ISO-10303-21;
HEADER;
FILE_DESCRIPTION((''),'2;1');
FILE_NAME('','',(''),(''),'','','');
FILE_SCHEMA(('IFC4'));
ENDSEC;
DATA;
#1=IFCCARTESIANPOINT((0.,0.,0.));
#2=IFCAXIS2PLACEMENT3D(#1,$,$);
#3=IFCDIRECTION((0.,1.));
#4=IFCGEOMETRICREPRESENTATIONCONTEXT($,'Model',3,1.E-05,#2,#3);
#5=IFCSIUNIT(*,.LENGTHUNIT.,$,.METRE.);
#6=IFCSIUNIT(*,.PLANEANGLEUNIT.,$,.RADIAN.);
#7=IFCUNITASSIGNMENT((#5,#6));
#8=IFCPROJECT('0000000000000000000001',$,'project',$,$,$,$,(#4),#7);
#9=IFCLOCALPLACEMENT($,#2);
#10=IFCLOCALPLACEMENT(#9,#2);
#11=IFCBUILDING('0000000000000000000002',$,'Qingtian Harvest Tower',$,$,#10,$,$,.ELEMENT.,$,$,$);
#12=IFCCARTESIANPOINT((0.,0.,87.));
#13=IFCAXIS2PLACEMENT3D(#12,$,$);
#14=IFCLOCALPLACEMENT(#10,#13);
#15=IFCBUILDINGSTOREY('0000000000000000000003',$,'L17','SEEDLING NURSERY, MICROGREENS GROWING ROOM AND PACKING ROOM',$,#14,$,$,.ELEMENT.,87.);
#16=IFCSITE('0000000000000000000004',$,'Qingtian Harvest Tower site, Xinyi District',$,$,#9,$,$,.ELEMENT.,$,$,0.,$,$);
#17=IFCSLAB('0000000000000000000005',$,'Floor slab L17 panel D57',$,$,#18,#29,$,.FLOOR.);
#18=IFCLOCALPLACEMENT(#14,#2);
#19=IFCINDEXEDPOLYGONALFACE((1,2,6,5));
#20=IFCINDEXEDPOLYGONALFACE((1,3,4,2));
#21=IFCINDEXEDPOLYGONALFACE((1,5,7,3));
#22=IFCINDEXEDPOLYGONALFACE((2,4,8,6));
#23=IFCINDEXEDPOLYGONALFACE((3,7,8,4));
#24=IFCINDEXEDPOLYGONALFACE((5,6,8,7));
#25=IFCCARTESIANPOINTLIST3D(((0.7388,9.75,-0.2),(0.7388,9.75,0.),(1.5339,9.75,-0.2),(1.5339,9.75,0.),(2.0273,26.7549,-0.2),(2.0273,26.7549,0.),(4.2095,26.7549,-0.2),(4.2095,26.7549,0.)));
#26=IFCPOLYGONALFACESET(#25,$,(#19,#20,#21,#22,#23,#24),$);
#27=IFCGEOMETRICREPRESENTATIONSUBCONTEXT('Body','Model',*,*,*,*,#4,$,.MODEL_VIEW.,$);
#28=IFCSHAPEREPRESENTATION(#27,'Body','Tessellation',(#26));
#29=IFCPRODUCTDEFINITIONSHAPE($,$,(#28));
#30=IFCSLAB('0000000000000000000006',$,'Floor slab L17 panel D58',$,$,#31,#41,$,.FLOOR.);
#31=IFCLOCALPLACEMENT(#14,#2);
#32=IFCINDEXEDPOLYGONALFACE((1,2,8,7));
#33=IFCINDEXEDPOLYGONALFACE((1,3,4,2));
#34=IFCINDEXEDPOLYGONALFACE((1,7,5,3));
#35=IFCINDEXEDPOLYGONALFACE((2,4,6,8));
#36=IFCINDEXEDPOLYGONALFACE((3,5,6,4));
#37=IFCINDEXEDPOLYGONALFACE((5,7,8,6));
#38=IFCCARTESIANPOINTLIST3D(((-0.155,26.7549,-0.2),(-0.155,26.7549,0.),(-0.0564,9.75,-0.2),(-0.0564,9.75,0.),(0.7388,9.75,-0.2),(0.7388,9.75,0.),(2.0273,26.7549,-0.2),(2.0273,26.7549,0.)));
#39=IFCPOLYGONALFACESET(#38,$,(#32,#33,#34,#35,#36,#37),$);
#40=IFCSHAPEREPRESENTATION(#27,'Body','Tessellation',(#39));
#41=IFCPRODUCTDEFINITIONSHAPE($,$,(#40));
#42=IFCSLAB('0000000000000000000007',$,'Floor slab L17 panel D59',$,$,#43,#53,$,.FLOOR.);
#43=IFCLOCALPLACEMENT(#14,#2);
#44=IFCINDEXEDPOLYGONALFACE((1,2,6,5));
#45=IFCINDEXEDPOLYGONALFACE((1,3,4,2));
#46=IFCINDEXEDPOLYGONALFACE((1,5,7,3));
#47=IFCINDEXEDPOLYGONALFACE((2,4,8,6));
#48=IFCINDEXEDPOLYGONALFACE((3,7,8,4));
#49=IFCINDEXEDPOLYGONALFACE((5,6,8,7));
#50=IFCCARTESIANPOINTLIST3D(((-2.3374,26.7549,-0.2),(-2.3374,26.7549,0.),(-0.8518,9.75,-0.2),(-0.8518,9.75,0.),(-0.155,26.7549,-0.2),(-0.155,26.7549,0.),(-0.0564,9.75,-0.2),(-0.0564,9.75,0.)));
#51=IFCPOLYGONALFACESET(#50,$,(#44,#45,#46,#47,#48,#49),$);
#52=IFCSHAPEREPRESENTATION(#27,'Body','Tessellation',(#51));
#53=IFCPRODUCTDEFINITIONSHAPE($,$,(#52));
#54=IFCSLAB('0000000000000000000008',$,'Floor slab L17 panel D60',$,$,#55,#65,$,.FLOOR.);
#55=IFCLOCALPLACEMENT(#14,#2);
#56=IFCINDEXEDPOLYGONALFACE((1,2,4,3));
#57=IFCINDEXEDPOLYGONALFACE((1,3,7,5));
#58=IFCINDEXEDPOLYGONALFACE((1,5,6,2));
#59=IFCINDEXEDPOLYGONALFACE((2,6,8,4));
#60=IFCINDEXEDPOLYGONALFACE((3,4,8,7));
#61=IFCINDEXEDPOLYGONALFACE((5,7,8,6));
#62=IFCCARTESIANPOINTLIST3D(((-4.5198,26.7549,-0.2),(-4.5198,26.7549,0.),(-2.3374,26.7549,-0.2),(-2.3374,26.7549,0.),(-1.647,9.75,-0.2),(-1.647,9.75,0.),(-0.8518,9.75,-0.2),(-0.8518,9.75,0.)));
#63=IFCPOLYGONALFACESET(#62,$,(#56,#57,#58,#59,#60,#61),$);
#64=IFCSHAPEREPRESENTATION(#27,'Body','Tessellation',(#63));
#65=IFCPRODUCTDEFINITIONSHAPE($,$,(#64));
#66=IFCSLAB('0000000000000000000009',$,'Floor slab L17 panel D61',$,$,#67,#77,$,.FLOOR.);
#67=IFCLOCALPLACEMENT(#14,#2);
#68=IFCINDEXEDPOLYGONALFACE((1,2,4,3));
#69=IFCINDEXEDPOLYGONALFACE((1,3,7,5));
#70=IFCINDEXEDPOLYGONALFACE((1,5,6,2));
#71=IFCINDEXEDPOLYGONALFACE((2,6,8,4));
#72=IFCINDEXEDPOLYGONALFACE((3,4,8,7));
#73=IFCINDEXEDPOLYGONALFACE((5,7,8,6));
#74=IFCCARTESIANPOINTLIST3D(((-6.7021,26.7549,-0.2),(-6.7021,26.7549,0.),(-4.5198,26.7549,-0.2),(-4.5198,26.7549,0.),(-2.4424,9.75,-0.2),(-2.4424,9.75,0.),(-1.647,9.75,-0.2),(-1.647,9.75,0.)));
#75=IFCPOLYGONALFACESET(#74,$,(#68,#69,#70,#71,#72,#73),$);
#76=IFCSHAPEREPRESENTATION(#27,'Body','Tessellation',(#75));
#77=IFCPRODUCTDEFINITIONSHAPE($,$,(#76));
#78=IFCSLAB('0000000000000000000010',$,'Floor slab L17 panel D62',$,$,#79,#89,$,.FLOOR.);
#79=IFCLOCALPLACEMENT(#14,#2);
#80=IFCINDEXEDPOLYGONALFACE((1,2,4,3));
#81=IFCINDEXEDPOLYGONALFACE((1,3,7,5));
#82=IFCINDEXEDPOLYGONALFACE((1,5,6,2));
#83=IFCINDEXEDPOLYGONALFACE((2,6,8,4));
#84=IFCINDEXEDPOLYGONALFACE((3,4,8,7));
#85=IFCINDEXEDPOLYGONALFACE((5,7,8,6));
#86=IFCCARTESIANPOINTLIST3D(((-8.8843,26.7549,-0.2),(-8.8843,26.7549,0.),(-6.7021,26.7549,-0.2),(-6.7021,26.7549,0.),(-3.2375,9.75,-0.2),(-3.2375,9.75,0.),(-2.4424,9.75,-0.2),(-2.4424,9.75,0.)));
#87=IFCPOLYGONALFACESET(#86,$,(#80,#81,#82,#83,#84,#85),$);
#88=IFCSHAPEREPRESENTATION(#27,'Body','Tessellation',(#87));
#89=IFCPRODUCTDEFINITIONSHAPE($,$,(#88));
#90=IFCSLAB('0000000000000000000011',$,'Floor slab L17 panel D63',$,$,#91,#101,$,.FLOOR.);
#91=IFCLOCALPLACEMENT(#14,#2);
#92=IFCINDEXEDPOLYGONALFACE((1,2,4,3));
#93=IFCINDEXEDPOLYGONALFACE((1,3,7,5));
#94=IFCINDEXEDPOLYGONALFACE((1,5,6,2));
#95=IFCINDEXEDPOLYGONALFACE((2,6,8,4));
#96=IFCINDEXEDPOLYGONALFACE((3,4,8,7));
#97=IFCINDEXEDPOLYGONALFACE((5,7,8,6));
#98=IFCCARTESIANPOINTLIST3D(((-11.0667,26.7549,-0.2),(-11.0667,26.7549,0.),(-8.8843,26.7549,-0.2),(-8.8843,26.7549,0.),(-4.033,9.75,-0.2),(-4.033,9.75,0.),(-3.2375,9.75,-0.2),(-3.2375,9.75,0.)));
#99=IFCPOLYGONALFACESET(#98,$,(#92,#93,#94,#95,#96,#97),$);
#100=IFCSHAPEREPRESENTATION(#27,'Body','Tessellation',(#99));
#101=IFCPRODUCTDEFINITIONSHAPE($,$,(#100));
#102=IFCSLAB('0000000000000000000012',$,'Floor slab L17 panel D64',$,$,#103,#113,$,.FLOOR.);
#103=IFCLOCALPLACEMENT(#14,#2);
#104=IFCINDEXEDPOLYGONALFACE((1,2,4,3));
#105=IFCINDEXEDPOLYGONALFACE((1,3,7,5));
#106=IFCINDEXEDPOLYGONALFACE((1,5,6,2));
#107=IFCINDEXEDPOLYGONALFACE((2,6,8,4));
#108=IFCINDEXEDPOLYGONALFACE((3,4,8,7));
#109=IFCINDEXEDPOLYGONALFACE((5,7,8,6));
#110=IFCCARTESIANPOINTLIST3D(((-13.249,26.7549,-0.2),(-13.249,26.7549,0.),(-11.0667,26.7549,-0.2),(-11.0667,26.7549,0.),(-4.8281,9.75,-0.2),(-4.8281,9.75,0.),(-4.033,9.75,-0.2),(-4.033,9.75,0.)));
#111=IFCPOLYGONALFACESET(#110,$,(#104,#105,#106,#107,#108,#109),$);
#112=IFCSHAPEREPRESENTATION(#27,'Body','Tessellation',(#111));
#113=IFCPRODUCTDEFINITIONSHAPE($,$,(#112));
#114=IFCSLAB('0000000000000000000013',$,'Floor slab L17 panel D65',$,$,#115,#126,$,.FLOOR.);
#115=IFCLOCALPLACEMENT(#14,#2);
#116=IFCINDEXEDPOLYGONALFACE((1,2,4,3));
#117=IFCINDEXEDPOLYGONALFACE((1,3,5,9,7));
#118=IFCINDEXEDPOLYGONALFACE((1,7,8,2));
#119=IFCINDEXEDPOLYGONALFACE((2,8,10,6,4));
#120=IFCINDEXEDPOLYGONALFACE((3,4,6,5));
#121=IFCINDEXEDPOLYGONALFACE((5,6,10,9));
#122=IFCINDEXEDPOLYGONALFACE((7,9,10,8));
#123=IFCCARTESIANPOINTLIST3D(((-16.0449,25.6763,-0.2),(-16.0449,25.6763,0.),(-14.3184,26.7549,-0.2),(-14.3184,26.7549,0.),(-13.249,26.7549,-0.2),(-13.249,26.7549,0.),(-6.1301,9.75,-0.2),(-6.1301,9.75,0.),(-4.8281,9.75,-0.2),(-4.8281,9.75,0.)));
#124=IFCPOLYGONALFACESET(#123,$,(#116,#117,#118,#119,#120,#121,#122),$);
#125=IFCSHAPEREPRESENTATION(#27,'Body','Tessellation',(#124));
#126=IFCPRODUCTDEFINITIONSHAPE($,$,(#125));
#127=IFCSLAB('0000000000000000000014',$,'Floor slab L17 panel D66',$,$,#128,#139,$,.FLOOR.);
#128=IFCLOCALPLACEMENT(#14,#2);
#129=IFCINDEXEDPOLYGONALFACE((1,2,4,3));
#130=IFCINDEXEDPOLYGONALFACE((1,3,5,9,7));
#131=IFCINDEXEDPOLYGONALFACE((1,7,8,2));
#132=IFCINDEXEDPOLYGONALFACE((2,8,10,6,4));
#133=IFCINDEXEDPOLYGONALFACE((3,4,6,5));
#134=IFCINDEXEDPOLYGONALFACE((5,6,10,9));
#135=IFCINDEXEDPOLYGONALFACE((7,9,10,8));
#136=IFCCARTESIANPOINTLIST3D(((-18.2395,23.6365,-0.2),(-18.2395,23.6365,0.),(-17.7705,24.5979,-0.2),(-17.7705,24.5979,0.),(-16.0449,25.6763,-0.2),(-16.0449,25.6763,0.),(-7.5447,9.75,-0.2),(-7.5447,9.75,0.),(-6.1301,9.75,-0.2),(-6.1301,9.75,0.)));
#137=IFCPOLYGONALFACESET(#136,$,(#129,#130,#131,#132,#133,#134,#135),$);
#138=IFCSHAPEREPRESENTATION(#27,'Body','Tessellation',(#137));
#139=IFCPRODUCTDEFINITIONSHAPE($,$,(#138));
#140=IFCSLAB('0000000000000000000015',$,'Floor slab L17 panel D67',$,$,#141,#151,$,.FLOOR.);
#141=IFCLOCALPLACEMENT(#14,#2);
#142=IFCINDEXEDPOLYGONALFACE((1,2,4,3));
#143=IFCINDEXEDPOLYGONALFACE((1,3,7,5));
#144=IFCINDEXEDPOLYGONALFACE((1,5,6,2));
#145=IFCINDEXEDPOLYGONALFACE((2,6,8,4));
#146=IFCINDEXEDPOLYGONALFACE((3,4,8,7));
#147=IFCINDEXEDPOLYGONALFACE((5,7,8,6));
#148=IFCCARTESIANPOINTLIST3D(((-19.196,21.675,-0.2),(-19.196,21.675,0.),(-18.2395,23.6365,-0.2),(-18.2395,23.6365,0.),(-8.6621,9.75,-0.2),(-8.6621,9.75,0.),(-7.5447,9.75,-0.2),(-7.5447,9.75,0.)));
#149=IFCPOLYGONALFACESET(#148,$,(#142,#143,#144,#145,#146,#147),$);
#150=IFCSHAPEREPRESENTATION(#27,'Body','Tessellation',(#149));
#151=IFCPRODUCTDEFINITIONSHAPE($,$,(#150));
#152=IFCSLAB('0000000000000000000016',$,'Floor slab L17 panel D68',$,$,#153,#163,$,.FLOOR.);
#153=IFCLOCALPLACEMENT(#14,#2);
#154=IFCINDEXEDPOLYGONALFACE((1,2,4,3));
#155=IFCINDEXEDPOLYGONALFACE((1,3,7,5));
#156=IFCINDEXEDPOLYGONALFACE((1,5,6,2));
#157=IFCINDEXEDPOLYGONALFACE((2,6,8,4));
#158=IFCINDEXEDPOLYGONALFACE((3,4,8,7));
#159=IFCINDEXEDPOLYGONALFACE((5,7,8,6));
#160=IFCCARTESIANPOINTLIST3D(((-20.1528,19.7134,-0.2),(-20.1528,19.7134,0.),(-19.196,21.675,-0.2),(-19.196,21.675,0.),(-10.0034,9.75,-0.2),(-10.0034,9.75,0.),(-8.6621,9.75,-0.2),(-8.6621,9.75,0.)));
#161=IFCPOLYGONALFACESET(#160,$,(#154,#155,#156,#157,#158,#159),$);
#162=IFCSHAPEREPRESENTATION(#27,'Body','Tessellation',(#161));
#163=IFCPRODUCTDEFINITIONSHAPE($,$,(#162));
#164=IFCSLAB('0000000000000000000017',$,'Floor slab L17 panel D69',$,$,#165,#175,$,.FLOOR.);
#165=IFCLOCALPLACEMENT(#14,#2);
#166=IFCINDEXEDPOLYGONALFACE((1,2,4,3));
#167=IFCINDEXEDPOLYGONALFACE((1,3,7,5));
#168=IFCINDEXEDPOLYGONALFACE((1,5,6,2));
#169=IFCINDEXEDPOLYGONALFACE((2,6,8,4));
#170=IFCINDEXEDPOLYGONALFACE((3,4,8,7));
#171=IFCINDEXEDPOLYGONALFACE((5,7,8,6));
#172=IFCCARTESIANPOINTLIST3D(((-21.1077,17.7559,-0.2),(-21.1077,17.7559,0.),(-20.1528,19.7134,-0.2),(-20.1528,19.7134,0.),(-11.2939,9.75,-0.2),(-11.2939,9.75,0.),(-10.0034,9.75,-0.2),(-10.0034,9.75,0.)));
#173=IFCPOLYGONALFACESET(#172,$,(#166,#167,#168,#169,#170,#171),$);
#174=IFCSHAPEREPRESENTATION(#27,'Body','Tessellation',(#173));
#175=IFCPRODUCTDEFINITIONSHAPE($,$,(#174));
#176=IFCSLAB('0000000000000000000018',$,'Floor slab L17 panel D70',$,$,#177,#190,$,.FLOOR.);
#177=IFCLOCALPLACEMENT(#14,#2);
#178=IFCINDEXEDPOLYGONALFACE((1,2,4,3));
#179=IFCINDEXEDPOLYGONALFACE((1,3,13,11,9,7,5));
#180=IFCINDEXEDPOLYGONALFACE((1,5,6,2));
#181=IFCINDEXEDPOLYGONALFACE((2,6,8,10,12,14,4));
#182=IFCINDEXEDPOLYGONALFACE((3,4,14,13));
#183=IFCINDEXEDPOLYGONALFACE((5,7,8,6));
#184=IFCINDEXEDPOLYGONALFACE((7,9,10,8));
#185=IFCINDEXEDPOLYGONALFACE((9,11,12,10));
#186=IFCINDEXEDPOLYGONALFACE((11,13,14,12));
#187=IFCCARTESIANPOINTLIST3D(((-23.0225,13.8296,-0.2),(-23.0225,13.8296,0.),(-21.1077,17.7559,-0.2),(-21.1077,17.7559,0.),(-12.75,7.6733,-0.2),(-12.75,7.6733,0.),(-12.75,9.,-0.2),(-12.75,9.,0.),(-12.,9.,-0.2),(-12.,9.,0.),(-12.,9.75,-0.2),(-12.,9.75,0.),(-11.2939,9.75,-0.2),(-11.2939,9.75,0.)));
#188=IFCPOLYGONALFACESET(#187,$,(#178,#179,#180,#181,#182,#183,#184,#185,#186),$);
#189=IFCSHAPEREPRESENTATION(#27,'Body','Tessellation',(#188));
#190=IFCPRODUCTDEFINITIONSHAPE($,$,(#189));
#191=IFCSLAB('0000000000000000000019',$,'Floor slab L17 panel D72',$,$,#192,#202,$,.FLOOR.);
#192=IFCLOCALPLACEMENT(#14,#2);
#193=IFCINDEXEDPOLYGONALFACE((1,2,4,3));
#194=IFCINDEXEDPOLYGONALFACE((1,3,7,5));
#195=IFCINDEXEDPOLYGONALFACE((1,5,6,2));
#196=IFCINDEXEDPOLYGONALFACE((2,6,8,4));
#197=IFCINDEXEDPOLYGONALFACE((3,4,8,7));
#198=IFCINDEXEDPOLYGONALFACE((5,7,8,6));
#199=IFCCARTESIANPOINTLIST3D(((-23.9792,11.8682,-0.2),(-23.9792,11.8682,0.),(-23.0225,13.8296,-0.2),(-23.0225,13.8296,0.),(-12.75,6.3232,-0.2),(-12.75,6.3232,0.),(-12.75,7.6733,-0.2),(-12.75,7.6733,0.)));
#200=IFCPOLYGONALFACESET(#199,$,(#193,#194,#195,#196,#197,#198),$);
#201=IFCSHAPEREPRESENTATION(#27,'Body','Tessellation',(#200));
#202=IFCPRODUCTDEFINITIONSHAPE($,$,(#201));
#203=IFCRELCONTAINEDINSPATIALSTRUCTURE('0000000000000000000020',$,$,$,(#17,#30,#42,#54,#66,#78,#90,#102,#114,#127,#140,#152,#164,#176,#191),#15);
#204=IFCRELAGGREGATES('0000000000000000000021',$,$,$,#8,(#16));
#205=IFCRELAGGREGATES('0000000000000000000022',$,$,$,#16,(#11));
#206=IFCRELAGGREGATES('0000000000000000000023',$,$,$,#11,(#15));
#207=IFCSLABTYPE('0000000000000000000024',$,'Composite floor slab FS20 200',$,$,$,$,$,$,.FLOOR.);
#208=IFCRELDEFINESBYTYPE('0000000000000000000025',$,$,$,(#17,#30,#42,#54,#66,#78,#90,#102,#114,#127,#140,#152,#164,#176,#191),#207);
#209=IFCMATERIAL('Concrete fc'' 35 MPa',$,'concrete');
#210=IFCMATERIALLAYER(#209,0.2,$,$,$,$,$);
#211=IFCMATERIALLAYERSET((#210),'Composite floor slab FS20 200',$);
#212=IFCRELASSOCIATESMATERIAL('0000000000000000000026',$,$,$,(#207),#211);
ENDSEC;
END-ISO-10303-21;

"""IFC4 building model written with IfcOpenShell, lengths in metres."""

from ifc_helpers import new_model, si_unit, direction, frame, origin, place, context, subcontext, project, spatial, polyline, outline, extrude, material, layer, layer_set, type_object, element, save


model = new_model("IFC4")

# Units and contexts
model_context = context("Model", 3, precision=1e-05, world=origin(), true_north=direction((0.0, 1.0)))
body_context = subcontext(model_context, "Body", "Model", "MODEL_VIEW")
ifc_project = project(units=[si_unit("LENGTHUNIT", "METRE"), si_unit("PLANEANGLEUNIT", "RADIAN")], contexts=[model_context])

# Site, building, storey
site_placement = place(None, origin())
site = spatial("IfcSite", under=ifc_project, at=site_placement, Name="Qingtian Harvest Tower site, Xinyi District", CompositionType="ELEMENT", RefElevation=0.0)
building_placement = place(site_placement, origin())
building = spatial("IfcBuilding", under=site, at=building_placement, Name="Qingtian Harvest Tower", CompositionType="ELEMENT")
storey_placement = place(building_placement, frame((0.0, 0.0, 87.0)))
storey = spatial("IfcBuildingStorey", under=building, at=storey_placement, Name="L17", Description="SEEDLING NURSERY, MICROGREENS GROWING ROOM AND PACKING ROOM", CompositionType="ELEMENT", Elevation=87.0)

# Slabs
ifc_material_1 = material(Name="Concrete fc' 35 MPa", Category="concrete")
ifc_layer_1 = layer(ifc_material_1, 0.2)
ifc_layer_set_1 = layer_set([ifc_layer_1], Name="Composite floor slab FS20 200")
slab_type = type_object("IfcSlabType", Name="Composite floor slab FS20 200", PredefinedType="FLOOR", material=ifc_layer_set_1)
slab_1_placement = place(storey_placement, frame((0.0, 0.0, -0.2)))
element("IfcSlab", 1, at=slab_1_placement, inside=storey, type_object=slab_type, Name="Floor slab L17 panel D57", PredefinedType="FLOOR", context=body_context, shape_type="SweptSolid", body=[
    extrude(outline(polyline([(0.7388, 9.75), (2.0273, 26.7549), (4.2095, 26.7549), (1.5339, 9.75), (0.7388, 9.75)])), origin(), (0.0, 0.0, 1.0), 0.2),
])
slab_2_placement = place(storey_placement, frame((0.0, 0.0, -0.2)))
element("IfcSlab", 2, at=slab_2_placement, inside=storey, type_object=slab_type, Name="Floor slab L17 panel D58", PredefinedType="FLOOR", context=body_context, shape_type="SweptSolid", body=[
    extrude(outline(polyline([(-0.0564, 9.75), (-0.155, 26.7549), (2.0273, 26.7549), (0.7388, 9.75), (-0.0564, 9.75)])), origin(), (0.0, 0.0, 1.0), 0.2),
])
slab_3_placement = place(storey_placement, frame((0.0, 0.0, -0.2)))
element("IfcSlab", 3, at=slab_3_placement, inside=storey, type_object=slab_type, Name="Floor slab L17 panel D59", PredefinedType="FLOOR", context=body_context, shape_type="SweptSolid", body=[
    extrude(outline(polyline([(-0.8518, 9.75), (-2.3374, 26.7549), (-0.155, 26.7549), (-0.0564, 9.75), (-0.8518, 9.75)])), origin(), (0.0, 0.0, 1.0), 0.2),
])
slab_4_placement = place(storey_placement, frame((0.0, 0.0, -0.2)))
element("IfcSlab", 4, at=slab_4_placement, inside=storey, type_object=slab_type, Name="Floor slab L17 panel D60", PredefinedType="FLOOR", context=body_context, shape_type="SweptSolid", body=[
    extrude(outline(polyline([(-1.647, 9.75), (-4.5198, 26.7549), (-2.3374, 26.7549), (-0.8518, 9.75), (-1.647, 9.75)])), origin(), (0.0, 0.0, 1.0), 0.2),
])
slab_5_placement = place(storey_placement, frame((0.0, 0.0, -0.2)))
element("IfcSlab", 5, at=slab_5_placement, inside=storey, type_object=slab_type, Name="Floor slab L17 panel D61", PredefinedType="FLOOR", context=body_context, shape_type="SweptSolid", body=[
    extrude(outline(polyline([(-2.4424, 9.75), (-6.7021, 26.7549), (-4.5198, 26.7549), (-1.647, 9.75), (-2.4424, 9.75)])), origin(), (0.0, 0.0, 1.0), 0.2),
])
slab_6_placement = place(storey_placement, frame((0.0, 0.0, -0.2)))
element("IfcSlab", 6, at=slab_6_placement, inside=storey, type_object=slab_type, Name="Floor slab L17 panel D62", PredefinedType="FLOOR", context=body_context, shape_type="SweptSolid", body=[
    extrude(outline(polyline([(-3.2375, 9.75), (-8.8843, 26.7549), (-6.7021, 26.7549), (-2.4424, 9.75), (-3.2375, 9.75)])), origin(), (0.0, 0.0, 1.0), 0.2),
])
slab_7_placement = place(storey_placement, frame((0.0, 0.0, -0.2)))
element("IfcSlab", 7, at=slab_7_placement, inside=storey, type_object=slab_type, Name="Floor slab L17 panel D63", PredefinedType="FLOOR", context=body_context, shape_type="SweptSolid", body=[
    extrude(outline(polyline([(-4.033, 9.75), (-11.0667, 26.7549), (-8.8843, 26.7549), (-3.2375, 9.75), (-4.033, 9.75)])), origin(), (0.0, 0.0, 1.0), 0.2),
])
slab_8_placement = place(storey_placement, frame((0.0, 0.0, -0.2)))
element("IfcSlab", 8, at=slab_8_placement, inside=storey, type_object=slab_type, Name="Floor slab L17 panel D64", PredefinedType="FLOOR", context=body_context, shape_type="SweptSolid", body=[
    extrude(outline(polyline([(-4.8281, 9.75), (-13.249, 26.7549), (-11.0667, 26.7549), (-4.033, 9.75), (-4.8281, 9.75)])), origin(), (0.0, 0.0, 1.0), 0.2),
])
slab_9_placement = place(storey_placement, frame((0.0, 0.0, -0.2)))
element("IfcSlab", 9, at=slab_9_placement, inside=storey, type_object=slab_type, Name="Floor slab L17 panel D65", PredefinedType="FLOOR", context=body_context, shape_type="SweptSolid", body=[
    extrude(outline(polyline([(-4.8281, 9.75), (-6.1301, 9.75), (-16.0449, 25.6763), (-14.3184, 26.7549), (-13.249, 26.7549), (-4.8281, 9.75)])), origin(), (0.0, 0.0, 1.0), 0.2),
])
slab_10_placement = place(storey_placement, frame((0.0, 0.0, -0.2)))
element("IfcSlab", 10, at=slab_10_placement, inside=storey, type_object=slab_type, Name="Floor slab L17 panel D66", PredefinedType="FLOOR", context=body_context, shape_type="SweptSolid", body=[
    extrude(outline(polyline([(-6.1301, 9.75), (-7.5447, 9.75), (-18.2395, 23.6365), (-17.7705, 24.5979), (-16.0449, 25.6763), (-6.1301, 9.75)])), origin(), (0.0, 0.0, 1.0), 0.2),
])
slab_11_placement = place(storey_placement, frame((0.0, 0.0, -0.2)))
element("IfcSlab", 11, at=slab_11_placement, inside=storey, type_object=slab_type, Name="Floor slab L17 panel D67", PredefinedType="FLOOR", context=body_context, shape_type="SweptSolid", body=[
    extrude(outline(polyline([(-8.6621, 9.75), (-19.196, 21.675), (-18.2395, 23.6365), (-7.5447, 9.75), (-8.6621, 9.75)])), origin(), (0.0, 0.0, 1.0), 0.2),
])
slab_12_placement = place(storey_placement, frame((0.0, 0.0, -0.2)))
element("IfcSlab", 12, at=slab_12_placement, inside=storey, type_object=slab_type, Name="Floor slab L17 panel D68", PredefinedType="FLOOR", context=body_context, shape_type="SweptSolid", body=[
    extrude(outline(polyline([(-10.0034, 9.75), (-20.1528, 19.7134), (-19.196, 21.675), (-8.6621, 9.75), (-10.0034, 9.75)])), origin(), (0.0, 0.0, 1.0), 0.2),
])
slab_13_placement = place(storey_placement, frame((0.0, 0.0, -0.2)))
element("IfcSlab", 13, at=slab_13_placement, inside=storey, type_object=slab_type, Name="Floor slab L17 panel D69", PredefinedType="FLOOR", context=body_context, shape_type="SweptSolid", body=[
    extrude(outline(polyline([(-11.2939, 9.75), (-21.1077, 17.7559), (-20.1528, 19.7134), (-10.0034, 9.75), (-11.2939, 9.75)])), origin(), (0.0, 0.0, 1.0), 0.2),
])
slab_14_placement = place(storey_placement, frame((0.0, 0.0, -0.2)))
element("IfcSlab", 14, at=slab_14_placement, inside=storey, type_object=slab_type, Name="Floor slab L17 panel D70", PredefinedType="FLOOR", context=body_context, shape_type="SweptSolid", body=[
    extrude(outline(polyline([(-12.0, 9.0), (-12.75, 9.0), (-12.75, 7.6733), (-23.0225, 13.8296), (-21.1077, 17.7559), (-11.2939, 9.75), (-12.0, 9.75), (-12.0, 9.0)])), origin(), (0.0, 0.0, 1.0), 0.2),
])
slab_15_placement = place(storey_placement, frame((0.0, 0.0, -0.2)))
element("IfcSlab", 15, at=slab_15_placement, inside=storey, type_object=slab_type, Name="Floor slab L17 panel D72", PredefinedType="FLOOR", context=body_context, shape_type="SweptSolid", body=[
    extrude(outline(polyline([(-12.75, 6.3232), (-23.9792, 11.8682), (-23.0225, 13.8296), (-12.75, 7.6733), (-12.75, 6.3232)])), origin(), (0.0, 0.0, 1.0), 0.2),
])

save(model, "model.ifc")
